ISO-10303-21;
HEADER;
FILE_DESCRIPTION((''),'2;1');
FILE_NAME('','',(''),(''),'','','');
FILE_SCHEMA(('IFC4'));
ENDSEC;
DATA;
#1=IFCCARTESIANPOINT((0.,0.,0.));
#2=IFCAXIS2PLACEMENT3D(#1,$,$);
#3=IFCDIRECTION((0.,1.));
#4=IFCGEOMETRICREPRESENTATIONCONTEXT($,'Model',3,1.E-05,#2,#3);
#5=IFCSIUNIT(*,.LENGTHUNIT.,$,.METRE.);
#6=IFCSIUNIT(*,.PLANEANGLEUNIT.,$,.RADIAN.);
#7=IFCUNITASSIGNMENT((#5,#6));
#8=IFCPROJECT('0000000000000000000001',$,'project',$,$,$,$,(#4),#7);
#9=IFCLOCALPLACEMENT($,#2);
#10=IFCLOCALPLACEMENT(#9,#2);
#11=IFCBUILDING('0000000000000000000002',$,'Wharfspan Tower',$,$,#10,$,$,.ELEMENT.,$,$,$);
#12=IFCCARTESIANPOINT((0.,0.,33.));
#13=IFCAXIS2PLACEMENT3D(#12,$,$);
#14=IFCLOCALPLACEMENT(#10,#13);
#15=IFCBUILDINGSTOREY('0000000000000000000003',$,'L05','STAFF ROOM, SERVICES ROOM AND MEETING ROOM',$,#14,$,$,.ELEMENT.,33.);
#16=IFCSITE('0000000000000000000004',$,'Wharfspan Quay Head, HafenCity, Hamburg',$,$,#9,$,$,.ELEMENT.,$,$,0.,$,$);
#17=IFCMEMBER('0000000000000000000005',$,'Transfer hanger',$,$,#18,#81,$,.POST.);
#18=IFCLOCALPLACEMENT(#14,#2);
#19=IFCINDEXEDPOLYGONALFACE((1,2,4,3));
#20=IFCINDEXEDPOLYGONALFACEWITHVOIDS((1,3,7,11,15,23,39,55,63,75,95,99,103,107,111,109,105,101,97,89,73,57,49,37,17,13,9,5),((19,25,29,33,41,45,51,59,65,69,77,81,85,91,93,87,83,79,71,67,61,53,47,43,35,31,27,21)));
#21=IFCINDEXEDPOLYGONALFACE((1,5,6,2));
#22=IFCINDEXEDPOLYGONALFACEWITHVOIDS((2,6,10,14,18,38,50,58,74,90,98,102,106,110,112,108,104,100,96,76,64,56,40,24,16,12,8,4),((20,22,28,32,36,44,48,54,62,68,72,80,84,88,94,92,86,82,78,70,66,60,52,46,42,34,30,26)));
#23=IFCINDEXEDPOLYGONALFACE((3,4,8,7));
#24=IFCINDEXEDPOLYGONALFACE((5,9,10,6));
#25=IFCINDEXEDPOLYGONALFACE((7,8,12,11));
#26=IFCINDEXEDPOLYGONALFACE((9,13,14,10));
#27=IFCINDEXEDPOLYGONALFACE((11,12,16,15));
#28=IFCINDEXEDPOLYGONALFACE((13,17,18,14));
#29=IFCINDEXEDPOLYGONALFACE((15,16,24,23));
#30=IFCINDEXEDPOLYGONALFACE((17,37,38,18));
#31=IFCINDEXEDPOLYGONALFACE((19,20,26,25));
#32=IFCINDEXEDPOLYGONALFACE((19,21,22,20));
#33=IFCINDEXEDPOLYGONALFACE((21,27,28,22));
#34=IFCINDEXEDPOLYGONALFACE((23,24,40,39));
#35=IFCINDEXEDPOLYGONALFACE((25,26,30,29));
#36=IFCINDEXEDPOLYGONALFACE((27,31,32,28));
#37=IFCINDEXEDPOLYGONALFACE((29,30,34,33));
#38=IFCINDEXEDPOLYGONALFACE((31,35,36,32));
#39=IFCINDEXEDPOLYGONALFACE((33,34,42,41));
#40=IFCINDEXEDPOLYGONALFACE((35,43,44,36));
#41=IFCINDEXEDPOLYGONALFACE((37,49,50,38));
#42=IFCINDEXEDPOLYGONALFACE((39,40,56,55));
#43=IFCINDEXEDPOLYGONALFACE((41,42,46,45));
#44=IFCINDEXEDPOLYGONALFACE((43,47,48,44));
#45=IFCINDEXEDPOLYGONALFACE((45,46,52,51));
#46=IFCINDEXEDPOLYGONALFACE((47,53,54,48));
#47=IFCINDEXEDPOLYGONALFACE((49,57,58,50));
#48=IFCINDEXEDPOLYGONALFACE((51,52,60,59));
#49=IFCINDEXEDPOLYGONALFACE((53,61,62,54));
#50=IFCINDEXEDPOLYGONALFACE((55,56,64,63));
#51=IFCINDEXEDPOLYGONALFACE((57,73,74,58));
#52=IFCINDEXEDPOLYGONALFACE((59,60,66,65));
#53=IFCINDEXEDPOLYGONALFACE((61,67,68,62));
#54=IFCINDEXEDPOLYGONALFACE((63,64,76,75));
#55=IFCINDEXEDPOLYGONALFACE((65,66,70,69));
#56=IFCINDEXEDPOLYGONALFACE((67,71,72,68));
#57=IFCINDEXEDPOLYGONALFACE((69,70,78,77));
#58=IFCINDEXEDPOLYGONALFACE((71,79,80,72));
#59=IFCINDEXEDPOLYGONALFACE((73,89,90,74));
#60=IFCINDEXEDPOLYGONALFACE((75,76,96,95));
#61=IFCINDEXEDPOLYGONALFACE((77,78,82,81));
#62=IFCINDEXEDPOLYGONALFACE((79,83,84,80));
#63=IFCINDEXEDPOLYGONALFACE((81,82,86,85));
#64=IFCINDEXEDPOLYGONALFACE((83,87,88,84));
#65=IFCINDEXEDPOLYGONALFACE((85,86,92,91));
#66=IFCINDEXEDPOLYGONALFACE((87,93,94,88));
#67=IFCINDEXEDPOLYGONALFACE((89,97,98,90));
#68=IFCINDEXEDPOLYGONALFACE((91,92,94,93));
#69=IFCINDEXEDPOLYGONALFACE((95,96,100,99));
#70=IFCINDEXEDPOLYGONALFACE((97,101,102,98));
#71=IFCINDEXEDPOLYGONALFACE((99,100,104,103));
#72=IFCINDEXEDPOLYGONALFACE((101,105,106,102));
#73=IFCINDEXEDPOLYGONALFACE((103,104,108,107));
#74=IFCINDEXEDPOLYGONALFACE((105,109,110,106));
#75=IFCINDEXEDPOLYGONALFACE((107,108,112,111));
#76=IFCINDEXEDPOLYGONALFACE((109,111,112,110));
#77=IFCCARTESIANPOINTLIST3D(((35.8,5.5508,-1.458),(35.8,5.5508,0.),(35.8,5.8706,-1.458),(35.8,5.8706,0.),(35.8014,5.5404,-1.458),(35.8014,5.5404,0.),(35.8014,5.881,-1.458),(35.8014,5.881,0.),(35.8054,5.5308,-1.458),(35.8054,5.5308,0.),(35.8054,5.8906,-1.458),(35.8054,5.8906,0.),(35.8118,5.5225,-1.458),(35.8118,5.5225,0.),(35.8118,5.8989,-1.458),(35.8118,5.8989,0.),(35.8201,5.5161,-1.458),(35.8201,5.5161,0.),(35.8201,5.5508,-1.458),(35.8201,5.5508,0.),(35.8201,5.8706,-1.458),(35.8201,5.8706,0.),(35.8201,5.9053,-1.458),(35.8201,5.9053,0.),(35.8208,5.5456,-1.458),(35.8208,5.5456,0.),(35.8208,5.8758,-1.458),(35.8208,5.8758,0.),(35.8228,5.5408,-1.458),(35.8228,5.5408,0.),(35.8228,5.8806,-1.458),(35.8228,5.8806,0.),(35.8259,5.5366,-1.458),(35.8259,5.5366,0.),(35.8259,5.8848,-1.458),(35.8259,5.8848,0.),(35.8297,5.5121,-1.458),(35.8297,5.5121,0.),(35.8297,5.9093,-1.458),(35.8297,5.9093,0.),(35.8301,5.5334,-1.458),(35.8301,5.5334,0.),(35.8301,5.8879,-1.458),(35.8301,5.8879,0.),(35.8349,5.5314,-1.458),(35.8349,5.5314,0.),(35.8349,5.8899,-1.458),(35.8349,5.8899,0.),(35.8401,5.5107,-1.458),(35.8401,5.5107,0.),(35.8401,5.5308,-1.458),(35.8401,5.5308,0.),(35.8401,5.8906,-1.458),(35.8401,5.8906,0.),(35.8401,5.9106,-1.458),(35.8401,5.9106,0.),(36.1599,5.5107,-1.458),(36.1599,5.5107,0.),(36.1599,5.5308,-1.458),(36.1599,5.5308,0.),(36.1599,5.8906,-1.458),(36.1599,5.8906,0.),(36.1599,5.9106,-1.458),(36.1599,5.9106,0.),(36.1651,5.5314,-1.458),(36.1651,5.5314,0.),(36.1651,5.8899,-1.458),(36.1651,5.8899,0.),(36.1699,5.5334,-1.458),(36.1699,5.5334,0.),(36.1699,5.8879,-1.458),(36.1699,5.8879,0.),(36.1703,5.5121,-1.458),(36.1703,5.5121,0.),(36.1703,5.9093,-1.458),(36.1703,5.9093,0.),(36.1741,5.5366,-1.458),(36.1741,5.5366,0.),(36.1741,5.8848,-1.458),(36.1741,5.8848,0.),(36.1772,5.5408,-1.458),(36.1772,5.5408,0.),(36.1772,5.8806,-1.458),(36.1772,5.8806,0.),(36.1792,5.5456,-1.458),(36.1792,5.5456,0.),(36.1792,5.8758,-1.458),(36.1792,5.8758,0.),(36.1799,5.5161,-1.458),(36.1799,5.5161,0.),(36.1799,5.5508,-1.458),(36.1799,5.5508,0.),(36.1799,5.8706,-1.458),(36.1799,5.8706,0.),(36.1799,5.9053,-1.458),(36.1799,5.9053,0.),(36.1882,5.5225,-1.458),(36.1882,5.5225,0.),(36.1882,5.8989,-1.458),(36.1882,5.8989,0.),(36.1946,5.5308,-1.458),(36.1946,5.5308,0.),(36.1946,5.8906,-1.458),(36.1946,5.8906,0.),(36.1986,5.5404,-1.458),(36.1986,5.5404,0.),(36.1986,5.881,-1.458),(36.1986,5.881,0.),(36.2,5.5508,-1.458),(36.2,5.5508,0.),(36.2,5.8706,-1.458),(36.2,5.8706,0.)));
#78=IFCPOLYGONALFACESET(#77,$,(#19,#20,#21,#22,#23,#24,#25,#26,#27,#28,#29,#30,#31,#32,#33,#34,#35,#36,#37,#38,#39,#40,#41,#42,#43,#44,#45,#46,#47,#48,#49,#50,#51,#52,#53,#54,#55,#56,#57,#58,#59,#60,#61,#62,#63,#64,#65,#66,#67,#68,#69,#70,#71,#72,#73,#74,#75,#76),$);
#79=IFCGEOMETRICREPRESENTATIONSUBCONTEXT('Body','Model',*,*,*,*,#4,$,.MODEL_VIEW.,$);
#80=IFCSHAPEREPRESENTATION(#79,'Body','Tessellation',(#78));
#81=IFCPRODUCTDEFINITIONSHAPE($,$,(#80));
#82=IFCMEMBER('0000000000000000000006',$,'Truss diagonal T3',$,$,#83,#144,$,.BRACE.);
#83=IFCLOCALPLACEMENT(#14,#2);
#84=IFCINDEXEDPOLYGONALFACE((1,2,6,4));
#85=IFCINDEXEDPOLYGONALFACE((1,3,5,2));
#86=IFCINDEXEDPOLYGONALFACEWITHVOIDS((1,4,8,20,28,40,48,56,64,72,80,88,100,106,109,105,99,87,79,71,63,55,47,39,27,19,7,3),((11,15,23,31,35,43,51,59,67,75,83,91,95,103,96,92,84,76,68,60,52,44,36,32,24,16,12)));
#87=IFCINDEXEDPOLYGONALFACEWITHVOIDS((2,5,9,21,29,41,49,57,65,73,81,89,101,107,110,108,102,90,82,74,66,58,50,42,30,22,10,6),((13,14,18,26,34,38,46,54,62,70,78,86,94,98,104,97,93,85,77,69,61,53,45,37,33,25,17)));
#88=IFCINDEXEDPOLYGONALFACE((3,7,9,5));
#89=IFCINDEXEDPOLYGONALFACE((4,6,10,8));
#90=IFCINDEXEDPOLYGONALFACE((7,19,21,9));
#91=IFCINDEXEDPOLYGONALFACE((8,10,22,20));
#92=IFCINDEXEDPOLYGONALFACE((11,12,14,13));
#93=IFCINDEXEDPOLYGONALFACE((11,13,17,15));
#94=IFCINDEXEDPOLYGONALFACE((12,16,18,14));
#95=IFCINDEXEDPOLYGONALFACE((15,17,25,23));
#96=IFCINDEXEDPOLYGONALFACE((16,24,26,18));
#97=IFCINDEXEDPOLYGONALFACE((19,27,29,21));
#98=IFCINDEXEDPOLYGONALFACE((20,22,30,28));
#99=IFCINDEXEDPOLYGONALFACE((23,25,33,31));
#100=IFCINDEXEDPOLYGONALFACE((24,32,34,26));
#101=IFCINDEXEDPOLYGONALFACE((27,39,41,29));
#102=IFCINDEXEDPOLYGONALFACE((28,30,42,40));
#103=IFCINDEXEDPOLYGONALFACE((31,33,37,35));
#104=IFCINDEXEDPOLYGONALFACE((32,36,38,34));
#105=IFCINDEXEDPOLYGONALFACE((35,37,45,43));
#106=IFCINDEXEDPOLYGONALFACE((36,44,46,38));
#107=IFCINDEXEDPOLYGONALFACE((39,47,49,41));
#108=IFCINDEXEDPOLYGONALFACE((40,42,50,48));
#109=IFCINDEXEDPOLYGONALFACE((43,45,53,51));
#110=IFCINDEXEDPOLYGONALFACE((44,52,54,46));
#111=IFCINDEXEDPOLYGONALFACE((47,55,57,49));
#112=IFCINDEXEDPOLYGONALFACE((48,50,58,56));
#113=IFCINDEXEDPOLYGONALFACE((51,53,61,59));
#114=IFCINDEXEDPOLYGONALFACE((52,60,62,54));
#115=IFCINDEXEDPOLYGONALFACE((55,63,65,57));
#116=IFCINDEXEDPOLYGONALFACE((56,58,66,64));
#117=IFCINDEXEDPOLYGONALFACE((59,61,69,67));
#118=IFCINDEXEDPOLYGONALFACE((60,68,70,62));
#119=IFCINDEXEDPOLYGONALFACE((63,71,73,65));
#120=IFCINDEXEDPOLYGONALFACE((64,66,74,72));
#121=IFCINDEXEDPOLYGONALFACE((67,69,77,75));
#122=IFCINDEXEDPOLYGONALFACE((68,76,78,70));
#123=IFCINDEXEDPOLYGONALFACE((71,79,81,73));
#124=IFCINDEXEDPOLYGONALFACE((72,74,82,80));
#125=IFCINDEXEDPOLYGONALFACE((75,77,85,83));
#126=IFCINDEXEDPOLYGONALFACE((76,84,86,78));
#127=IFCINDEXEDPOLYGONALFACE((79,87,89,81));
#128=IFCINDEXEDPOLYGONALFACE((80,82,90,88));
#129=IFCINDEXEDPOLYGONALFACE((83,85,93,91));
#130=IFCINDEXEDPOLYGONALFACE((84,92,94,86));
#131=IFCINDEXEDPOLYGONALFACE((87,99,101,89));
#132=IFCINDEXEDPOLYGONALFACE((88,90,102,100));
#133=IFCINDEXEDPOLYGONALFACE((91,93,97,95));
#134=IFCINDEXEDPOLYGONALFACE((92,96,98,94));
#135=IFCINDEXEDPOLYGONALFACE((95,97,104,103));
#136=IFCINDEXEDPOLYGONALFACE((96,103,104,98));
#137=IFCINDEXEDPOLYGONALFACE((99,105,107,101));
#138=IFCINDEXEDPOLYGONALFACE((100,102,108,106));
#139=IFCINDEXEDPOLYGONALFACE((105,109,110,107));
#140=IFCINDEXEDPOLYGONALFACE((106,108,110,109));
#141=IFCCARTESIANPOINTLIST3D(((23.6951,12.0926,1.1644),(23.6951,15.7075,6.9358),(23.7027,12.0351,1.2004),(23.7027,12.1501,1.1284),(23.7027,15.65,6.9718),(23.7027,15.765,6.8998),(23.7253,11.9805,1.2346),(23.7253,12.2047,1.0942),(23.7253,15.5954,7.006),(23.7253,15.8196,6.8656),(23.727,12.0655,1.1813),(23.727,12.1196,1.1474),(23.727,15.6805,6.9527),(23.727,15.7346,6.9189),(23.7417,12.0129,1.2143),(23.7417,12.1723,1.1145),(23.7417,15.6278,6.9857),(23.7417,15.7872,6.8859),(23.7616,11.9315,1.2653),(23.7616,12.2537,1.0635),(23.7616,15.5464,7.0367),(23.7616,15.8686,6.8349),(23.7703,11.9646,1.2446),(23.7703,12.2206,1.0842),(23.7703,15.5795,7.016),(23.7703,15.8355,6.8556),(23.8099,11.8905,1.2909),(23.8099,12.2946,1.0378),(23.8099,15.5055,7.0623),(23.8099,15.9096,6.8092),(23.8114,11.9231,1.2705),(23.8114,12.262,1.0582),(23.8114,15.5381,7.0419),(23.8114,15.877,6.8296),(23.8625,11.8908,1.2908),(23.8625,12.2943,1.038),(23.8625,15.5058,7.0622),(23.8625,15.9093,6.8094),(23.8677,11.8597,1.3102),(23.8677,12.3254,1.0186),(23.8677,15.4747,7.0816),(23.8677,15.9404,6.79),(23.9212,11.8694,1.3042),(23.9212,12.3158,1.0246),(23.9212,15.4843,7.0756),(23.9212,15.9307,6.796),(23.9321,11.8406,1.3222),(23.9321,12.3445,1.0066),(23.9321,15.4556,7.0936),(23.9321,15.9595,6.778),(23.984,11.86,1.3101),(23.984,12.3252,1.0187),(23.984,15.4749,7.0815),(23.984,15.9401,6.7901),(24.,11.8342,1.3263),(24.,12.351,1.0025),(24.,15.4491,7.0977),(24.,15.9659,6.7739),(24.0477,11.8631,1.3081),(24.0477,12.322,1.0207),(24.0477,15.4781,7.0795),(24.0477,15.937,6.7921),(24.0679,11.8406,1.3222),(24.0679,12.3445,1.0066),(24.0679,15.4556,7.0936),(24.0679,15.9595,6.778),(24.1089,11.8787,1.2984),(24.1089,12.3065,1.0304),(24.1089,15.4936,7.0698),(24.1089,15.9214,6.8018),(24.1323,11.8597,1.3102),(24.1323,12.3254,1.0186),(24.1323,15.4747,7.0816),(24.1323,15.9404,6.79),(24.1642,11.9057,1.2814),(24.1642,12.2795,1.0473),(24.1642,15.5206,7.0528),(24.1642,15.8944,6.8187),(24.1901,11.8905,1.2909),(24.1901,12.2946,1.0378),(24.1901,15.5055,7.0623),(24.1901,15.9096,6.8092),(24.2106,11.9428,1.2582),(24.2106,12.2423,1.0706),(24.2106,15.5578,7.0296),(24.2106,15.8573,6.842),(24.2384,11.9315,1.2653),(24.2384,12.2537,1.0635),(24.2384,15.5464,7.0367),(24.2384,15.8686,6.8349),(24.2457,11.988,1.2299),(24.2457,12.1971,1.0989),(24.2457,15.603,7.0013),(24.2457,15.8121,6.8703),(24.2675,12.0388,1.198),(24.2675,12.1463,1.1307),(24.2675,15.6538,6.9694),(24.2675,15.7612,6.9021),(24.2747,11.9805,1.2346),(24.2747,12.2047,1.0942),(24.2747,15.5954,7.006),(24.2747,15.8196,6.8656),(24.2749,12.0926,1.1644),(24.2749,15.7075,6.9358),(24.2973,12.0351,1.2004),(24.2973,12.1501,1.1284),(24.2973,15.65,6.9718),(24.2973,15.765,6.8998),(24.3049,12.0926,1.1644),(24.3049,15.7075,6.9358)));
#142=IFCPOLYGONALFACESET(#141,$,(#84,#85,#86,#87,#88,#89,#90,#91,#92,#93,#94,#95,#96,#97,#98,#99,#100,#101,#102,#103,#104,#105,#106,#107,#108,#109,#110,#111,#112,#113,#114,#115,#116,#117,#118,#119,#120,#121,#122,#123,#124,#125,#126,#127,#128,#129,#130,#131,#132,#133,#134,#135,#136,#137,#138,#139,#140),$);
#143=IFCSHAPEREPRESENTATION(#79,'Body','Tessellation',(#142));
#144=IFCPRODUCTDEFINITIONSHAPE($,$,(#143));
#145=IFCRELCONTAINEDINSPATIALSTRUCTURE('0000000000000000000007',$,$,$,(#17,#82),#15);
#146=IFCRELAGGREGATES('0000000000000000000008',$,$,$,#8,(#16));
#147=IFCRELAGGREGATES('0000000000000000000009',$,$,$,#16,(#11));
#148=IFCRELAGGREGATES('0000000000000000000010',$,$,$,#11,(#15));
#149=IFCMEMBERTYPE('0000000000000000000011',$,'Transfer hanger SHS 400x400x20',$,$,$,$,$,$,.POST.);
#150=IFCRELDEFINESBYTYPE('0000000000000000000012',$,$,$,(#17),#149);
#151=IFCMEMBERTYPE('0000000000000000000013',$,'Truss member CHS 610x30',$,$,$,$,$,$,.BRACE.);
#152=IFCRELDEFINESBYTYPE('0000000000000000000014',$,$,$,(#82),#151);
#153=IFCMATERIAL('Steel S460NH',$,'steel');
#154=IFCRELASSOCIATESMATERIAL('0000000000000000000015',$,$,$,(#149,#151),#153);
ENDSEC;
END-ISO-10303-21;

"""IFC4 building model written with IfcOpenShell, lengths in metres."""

from ifc_helpers import new_model, si_unit, direction, frame, origin, origin_2d, place, context, subcontext, project, spatial, hollow_rectangle, hollow_circle, extrude, material, material_profile, profile_set, type_object, element, save


model = new_model("IFC4")

# Units and contexts
model_context = context("Model", 3, precision=1e-05, world=origin(), true_north=direction((0.0, 1.0)))
body_context = subcontext(model_context, "Body", "Model", "MODEL_VIEW")
ifc_project = project(units=[si_unit("LENGTHUNIT", "METRE"), si_unit("PLANEANGLEUNIT", "RADIAN")], contexts=[model_context])

# Site, building, storey
site_placement = place(None, origin())
site = spatial("IfcSite", under=ifc_project, at=site_placement, Name="Wharfspan Quay Head, HafenCity, Hamburg", CompositionType="ELEMENT", RefElevation=0.0)
building_placement = place(site_placement, origin())
building = spatial("IfcBuilding", under=site, at=building_placement, Name="Wharfspan Tower", CompositionType="ELEMENT")
storey_placement = place(building_placement, frame((0.0, 0.0, 33.0)))
storey = spatial("IfcBuildingStorey", under=building, at=storey_placement, Name="L05", Description="STAFF ROOM, SERVICES ROOM AND MEETING ROOM", CompositionType="ELEMENT", Elevation=33.0)

# Members
ifc_material_1 = material(Name="Steel S460NH", Category="steel")
ifc_material_profile_1 = material_profile(ifc_material_1, hollow_rectangle(XDim=0.3999, YDim=0.3999, WallThickness=0.02, InnerFilletRadius=0.02, OuterFilletRadius=0.04, at=origin_2d()))
ifc_profile_set_1 = profile_set([ifc_material_profile_1], Name="Steel S460NH")
member_type_1 = type_object("IfcMemberType", Name="Transfer hanger SHS 400x400x20", PredefinedType="POST", material=ifc_profile_set_1)
member_1_placement = place(storey_placement, frame((36.0, 5.7107, -1.458), z_axis=(0.0, 0.0, 1.0), x_axis=(1.0, 0.0, 0.0)))
element("IfcMember", 1, at=member_1_placement, inside=storey, type_object=member_type_1, Name="Transfer hanger", PredefinedType="POST", context=body_context, shape_type="SweptSolid", body=[
    extrude(hollow_rectangle(XDim=0.3999, YDim=0.3999, WallThickness=0.02, InnerFilletRadius=0.02, OuterFilletRadius=0.04, at=origin_2d()), origin(), (0.0, 0.0, 1.0), 1.458),
])
ifc_material_profile_2 = material_profile(ifc_material_1, hollow_circle(Radius=0.3049, WallThickness=0.03, at=origin_2d()))
ifc_profile_set_2 = profile_set([ifc_material_profile_2], Name="Steel S460NH")
member_type_2 = type_object("IfcMemberType", Name="Truss member CHS 610x30", PredefinedType="BRACE", material=ifc_profile_set_2)
for number, where, z_axis, x_axis, name in (
    (2, (24.0, 15.7075, 6.9358), (0.0, -0.530824, -0.847482), (1.0, 0.0, 0.0), "Truss diagonal T3"),
):
    element("IfcMember", number, at=place(storey_placement, frame(where, z_axis=z_axis, x_axis=x_axis)), inside=storey, type_object=member_type_2, Name=name, PredefinedType="BRACE", context=body_context, shape_type="SweptSolid", body=[
        extrude(hollow_circle(Radius=0.3049, WallThickness=0.03, at=origin_2d()), origin(), (0.0, 0.0, 1.0), 6.8101),
    ])

save(model, "model.ifc")
